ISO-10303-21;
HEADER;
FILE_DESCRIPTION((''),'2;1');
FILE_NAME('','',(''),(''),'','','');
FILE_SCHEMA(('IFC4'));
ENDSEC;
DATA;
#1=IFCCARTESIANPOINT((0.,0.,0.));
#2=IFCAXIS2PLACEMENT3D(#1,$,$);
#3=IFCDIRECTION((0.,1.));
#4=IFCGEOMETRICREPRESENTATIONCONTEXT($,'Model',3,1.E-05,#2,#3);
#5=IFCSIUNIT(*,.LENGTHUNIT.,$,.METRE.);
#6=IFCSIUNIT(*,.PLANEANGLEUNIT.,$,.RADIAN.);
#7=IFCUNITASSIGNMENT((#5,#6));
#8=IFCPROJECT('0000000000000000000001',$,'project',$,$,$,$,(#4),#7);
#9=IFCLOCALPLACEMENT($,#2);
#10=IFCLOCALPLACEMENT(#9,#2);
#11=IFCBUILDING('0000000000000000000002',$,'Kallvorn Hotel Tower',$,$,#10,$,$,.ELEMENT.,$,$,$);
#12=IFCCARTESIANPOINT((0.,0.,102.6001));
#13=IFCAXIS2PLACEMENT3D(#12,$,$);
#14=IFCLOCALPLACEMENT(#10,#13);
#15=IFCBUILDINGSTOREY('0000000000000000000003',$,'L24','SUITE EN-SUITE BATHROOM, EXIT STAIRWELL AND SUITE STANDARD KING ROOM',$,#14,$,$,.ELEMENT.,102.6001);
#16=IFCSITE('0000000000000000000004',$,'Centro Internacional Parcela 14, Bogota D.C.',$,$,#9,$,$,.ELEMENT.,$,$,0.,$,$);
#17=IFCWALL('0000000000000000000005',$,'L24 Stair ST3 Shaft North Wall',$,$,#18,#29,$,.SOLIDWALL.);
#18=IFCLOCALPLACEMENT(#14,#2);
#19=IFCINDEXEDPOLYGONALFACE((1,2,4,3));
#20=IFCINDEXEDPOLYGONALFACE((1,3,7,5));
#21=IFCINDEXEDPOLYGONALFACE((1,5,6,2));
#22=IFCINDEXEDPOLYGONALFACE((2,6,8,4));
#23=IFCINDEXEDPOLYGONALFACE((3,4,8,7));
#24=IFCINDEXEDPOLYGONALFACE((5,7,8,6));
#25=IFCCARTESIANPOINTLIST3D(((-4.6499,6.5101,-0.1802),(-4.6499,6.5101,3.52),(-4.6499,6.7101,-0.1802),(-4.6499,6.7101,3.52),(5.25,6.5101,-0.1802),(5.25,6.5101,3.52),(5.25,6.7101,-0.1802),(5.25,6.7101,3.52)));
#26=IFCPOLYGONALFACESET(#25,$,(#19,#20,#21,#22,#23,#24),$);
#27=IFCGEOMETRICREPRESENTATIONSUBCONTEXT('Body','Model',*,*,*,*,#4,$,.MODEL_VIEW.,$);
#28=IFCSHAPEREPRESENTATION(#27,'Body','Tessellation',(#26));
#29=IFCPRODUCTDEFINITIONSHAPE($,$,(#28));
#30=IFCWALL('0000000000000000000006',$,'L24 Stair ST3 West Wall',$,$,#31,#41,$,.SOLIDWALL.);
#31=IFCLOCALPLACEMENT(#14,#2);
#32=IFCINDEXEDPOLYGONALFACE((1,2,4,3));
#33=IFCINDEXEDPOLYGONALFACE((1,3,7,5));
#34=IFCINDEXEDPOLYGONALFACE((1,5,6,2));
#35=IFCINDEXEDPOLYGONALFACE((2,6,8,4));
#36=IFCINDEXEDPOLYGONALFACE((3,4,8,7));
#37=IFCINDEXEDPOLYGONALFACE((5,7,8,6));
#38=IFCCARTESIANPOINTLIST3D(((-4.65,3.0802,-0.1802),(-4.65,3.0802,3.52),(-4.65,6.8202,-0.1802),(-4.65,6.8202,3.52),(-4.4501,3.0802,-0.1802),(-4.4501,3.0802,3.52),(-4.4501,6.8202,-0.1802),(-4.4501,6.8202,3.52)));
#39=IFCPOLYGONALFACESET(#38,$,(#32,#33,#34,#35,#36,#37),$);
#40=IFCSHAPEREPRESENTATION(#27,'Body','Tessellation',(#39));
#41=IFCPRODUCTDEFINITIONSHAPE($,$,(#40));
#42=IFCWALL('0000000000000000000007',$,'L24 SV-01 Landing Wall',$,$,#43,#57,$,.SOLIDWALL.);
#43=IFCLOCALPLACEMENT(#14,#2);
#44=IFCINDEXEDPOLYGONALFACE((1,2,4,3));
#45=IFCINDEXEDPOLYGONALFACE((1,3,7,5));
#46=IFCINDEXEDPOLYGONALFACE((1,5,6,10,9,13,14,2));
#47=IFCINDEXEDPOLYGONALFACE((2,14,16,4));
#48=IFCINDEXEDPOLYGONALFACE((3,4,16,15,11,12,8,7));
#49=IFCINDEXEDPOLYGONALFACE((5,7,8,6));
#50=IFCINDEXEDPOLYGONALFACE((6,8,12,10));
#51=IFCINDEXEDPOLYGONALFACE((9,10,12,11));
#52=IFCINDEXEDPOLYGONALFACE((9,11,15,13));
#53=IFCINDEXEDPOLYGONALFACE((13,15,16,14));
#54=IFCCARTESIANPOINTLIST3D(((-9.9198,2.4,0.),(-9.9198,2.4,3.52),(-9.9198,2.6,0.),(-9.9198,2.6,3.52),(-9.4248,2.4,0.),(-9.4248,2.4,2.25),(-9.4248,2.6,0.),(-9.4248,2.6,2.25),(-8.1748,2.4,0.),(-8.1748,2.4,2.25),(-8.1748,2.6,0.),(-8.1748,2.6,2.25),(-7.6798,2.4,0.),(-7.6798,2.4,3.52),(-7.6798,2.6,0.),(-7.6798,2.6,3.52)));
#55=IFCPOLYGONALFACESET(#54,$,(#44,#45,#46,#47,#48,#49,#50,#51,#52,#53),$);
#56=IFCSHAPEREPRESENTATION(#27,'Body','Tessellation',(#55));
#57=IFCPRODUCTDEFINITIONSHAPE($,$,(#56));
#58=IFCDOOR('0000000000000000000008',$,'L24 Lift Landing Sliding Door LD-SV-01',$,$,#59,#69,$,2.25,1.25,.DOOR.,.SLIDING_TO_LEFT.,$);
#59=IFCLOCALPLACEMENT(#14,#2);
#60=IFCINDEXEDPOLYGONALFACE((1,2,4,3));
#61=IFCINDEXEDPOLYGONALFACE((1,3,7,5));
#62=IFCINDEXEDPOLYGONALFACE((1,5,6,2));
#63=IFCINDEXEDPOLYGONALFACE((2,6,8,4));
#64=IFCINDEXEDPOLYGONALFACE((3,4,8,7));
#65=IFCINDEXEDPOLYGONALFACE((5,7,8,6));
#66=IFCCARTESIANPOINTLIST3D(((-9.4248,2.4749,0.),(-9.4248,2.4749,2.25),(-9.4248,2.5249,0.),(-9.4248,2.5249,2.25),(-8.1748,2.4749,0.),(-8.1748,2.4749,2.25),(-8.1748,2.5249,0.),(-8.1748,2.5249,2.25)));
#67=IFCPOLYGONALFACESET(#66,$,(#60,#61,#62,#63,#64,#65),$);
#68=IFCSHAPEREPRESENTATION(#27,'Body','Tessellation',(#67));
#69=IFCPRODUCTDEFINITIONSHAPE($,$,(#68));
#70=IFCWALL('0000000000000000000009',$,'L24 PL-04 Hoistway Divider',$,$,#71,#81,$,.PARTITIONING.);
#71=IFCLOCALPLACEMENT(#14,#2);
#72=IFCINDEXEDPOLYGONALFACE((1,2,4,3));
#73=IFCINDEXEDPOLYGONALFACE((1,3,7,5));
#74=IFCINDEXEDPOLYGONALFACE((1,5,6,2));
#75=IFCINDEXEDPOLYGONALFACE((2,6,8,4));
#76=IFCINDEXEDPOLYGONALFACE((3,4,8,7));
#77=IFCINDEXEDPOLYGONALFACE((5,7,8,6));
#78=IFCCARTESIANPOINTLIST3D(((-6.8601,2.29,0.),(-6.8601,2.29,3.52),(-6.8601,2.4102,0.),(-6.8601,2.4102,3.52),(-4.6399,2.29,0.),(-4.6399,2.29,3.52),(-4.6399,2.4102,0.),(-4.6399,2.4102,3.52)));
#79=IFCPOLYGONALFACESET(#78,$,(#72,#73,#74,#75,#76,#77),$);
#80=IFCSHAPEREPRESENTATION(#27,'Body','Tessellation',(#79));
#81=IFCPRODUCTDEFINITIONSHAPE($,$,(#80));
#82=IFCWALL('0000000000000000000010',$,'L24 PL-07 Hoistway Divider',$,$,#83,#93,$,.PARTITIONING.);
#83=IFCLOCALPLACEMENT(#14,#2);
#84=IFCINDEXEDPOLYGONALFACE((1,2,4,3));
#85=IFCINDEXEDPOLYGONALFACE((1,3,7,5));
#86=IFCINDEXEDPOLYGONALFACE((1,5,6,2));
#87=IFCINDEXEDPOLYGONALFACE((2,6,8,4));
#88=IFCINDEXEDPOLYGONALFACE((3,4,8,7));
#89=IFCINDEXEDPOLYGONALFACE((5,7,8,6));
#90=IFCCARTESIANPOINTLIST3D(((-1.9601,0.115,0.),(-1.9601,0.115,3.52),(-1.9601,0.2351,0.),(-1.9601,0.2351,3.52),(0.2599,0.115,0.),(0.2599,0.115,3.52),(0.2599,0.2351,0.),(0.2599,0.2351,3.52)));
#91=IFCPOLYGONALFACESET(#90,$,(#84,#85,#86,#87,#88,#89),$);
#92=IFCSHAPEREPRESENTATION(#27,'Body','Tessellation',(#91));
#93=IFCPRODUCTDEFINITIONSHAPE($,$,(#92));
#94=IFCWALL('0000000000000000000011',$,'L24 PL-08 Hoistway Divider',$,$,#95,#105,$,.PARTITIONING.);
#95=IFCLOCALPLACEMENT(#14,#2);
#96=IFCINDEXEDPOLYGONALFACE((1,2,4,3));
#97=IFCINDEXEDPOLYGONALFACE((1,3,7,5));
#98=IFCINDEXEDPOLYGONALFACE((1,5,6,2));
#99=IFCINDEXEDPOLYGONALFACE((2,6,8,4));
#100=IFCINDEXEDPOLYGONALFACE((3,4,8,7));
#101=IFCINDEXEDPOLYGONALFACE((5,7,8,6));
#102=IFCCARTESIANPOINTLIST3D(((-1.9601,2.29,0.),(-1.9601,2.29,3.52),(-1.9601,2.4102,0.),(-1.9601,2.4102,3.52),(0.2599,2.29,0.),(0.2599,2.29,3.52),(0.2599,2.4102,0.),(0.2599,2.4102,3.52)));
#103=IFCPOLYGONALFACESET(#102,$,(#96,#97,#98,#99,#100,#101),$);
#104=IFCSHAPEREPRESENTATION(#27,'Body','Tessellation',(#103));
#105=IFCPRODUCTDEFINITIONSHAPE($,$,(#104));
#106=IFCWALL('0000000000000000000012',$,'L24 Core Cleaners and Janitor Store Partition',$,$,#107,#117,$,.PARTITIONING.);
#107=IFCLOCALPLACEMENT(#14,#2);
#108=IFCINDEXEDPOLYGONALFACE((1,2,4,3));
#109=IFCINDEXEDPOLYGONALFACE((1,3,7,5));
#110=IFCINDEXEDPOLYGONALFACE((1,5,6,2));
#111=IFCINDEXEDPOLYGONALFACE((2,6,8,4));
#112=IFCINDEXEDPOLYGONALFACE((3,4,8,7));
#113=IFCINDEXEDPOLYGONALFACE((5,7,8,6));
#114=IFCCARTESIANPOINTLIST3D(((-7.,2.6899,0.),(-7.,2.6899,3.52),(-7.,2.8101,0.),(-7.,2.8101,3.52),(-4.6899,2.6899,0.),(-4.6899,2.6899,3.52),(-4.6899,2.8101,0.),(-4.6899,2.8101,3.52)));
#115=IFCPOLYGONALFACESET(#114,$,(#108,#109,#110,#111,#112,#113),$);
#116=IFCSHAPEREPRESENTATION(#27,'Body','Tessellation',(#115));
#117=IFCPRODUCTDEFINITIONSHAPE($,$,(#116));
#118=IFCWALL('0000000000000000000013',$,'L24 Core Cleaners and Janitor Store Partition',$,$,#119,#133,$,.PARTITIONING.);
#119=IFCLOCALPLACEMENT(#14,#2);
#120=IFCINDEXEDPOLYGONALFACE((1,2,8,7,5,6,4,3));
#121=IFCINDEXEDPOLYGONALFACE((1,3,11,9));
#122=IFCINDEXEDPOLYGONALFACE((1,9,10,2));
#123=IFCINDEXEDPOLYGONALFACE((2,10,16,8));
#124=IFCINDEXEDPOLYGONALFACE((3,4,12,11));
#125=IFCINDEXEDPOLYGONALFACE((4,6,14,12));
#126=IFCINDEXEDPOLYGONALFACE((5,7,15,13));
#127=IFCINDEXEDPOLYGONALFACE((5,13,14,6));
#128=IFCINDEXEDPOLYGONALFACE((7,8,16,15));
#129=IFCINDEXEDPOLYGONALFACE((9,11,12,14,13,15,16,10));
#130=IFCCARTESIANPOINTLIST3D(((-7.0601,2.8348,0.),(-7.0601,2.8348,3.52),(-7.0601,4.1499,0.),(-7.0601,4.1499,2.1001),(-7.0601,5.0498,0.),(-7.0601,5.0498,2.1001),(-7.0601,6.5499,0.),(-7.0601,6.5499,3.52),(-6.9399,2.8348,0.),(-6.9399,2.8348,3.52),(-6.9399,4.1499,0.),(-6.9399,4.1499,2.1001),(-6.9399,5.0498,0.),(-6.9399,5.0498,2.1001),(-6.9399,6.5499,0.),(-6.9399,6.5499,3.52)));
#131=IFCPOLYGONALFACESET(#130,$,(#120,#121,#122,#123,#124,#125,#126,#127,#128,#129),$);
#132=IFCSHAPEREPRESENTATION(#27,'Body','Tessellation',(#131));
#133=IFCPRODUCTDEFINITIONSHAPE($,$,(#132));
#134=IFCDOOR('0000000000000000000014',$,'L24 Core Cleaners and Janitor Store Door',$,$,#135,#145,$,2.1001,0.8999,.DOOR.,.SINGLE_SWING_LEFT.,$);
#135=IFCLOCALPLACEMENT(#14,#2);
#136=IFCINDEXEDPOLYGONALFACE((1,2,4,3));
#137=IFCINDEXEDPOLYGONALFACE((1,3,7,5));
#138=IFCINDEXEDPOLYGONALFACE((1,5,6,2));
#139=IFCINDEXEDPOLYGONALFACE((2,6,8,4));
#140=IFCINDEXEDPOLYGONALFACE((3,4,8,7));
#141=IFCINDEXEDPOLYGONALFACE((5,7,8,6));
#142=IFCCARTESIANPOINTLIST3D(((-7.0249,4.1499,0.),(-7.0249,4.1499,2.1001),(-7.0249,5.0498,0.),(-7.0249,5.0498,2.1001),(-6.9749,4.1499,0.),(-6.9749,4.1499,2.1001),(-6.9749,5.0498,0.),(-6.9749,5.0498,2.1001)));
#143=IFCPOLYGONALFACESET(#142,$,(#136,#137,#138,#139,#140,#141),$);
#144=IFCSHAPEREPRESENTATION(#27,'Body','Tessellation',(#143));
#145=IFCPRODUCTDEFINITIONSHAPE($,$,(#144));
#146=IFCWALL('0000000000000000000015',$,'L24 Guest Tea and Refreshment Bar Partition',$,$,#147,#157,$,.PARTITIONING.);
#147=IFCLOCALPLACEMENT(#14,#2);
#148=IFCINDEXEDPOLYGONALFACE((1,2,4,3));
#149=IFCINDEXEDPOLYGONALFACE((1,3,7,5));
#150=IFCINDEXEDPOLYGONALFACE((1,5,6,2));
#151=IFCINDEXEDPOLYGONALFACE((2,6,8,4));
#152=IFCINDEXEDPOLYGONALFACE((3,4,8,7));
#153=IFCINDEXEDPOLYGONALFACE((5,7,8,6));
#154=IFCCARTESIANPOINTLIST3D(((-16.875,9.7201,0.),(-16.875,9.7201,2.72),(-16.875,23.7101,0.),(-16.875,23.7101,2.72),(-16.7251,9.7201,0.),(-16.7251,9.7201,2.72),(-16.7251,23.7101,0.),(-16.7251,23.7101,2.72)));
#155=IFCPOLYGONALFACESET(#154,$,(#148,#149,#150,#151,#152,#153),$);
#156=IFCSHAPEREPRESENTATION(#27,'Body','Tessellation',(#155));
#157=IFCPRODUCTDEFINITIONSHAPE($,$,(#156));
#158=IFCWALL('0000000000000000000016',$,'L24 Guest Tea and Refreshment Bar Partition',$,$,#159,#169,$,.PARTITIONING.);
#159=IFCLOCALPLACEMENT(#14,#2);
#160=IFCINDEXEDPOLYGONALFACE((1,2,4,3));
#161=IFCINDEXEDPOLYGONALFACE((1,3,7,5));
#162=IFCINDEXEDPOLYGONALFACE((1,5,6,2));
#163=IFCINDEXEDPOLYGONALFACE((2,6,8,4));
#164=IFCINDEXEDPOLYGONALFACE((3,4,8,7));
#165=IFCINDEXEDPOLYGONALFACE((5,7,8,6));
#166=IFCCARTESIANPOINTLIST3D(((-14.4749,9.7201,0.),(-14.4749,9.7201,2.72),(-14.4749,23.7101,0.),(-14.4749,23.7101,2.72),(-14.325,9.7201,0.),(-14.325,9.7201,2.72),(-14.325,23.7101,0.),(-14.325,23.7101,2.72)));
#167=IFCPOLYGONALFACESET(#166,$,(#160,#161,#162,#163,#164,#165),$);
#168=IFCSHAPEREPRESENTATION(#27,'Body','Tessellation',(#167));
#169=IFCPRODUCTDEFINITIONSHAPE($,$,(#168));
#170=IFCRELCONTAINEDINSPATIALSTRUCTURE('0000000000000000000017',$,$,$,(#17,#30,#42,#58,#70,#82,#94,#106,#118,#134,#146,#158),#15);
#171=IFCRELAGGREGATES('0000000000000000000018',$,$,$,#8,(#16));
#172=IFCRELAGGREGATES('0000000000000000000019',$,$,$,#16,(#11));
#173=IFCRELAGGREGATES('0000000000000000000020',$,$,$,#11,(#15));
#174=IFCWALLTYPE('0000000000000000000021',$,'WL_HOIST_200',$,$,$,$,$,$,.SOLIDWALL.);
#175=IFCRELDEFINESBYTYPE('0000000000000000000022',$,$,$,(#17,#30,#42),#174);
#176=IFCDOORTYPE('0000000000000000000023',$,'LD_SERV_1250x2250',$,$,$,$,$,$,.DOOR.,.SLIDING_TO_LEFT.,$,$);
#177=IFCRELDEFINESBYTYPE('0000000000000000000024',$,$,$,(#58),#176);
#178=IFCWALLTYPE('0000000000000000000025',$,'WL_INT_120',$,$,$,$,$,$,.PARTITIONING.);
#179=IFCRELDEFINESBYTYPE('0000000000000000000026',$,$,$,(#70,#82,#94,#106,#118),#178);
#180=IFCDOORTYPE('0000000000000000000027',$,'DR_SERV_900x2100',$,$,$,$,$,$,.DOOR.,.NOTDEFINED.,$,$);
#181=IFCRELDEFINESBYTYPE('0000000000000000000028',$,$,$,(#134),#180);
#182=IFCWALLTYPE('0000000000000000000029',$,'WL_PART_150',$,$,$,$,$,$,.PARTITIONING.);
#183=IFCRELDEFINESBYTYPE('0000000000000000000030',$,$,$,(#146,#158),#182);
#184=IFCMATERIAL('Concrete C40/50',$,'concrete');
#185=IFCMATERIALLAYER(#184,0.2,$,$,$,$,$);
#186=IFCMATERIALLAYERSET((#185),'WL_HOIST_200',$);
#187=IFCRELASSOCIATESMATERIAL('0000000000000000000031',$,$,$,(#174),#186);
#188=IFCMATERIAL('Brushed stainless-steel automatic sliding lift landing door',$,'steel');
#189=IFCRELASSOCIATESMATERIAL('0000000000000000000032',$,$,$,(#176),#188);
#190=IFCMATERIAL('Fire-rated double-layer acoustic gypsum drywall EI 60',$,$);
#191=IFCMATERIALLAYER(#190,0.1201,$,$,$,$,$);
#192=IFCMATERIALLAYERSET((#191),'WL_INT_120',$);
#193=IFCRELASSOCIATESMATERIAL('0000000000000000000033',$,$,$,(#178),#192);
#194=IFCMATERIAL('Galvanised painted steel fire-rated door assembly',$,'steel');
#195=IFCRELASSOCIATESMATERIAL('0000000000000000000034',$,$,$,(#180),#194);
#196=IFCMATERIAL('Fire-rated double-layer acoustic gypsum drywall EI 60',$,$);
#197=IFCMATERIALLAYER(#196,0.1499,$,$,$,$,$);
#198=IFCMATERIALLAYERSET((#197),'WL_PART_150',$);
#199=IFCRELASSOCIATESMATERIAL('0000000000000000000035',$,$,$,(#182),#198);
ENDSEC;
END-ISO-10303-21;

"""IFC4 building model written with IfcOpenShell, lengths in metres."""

from ifc_helpers import new_model, si_unit, direction, frame, frame_2d, origin, place, context, subcontext, project, spatial, rectangle, extrude, material, layer, layer_set, type_object, element, fill, save


model = new_model("IFC4")

# Units and contexts
model_context = context("Model", 3, precision=1e-05, world=origin(), true_north=direction((0.0, 1.0)))
body_context = subcontext(model_context, "Body", "Model", "MODEL_VIEW")
ifc_project = project(units=[si_unit("LENGTHUNIT", "METRE"), si_unit("PLANEANGLEUNIT", "RADIAN")], contexts=[model_context])

# Site, building, storey
site_placement = place(None, origin())
site = spatial("IfcSite", under=ifc_project, at=site_placement, Name="Centro Internacional Parcela 14, Bogota D.C.", CompositionType="ELEMENT", RefElevation=0.0)
building_placement = place(site_placement, origin())
building = spatial("IfcBuilding", under=site, at=building_placement, Name="Kallvorn Hotel Tower", CompositionType="ELEMENT")
storey_placement = place(building_placement, frame((0.0, 0.0, 102.6001)))
storey = spatial("IfcBuildingStorey", under=building, at=storey_placement, Name="L24", Description="SUITE EN-SUITE BATHROOM, EXIT STAIRWELL AND SUITE STANDARD KING ROOM", CompositionType="ELEMENT", Elevation=102.6001)

# Walls
ifc_material_1 = material(Name="Concrete C40/50", Category="concrete")
ifc_layer_1 = layer(ifc_material_1, 0.2)
ifc_layer_set_1 = layer_set([ifc_layer_1], Name="WL_HOIST_200")
wall_type_1 = type_object("IfcWallType", Name="WL_HOIST_200", PredefinedType="SOLIDWALL", material=ifc_layer_set_1)
wall_1_placement = place(storey_placement, frame((-4.6499, 6.6101, -0.1802), z_axis=(0.0, 0.0, 1.0), x_axis=(1.0, 0.0, 0.0)))
element("IfcWall", 1, at=wall_1_placement, inside=storey, type_object=wall_type_1, Name="L24 Stair ST3 Shaft North Wall", PredefinedType="SOLIDWALL", context=body_context, shape_type="SweptSolid", body=[
    extrude(rectangle(XDim=9.8999, YDim=0.2, at=frame_2d((4.95, 0.0))), origin(), (0.0, 0.0, 1.0), 3.7002),
])
wall_2_placement = place(storey_placement, frame((-4.55, 3.0801, -0.1802), z_axis=(0.0, 0.0, 1.0), x_axis=(0.0, 1.0, 0.0)))
element("IfcWall", 2, at=wall_2_placement, inside=storey, type_object=wall_type_1, Name="L24 Stair ST3 West Wall", PredefinedType="SOLIDWALL", context=body_context, shape_type="SweptSolid", body=[
    extrude(rectangle(XDim=3.74, YDim=0.2, at=frame_2d((1.8701, 0.0))), origin(), (0.0, 0.0, 1.0), 3.7002),
])

# Wall, opening, door
wall_3_placement = place(storey_placement, frame((-9.9199, 2.5, 0.0), z_axis=(0.0, 0.0, 1.0), x_axis=(1.0, 0.0, 0.0)))
wall_3 = element("IfcWall", 3, at=wall_3_placement, inside=storey, type_object=wall_type_1, Name="L24 SV-01 Landing Wall", PredefinedType="SOLIDWALL", context=body_context, shape_type="SweptSolid", body=[
    extrude(rectangle(XDim=2.24, YDim=0.2, at=frame_2d((1.1201, 0.0))), origin(), (0.0, 0.0, 1.0), 3.52),
])
opening_1_placement = place(wall_3_placement, frame((0.4951, 0.0, 0.0)))
opening_1 = element("IfcOpeningElement", 4, at=opening_1_placement, cuts=wall_3, PredefinedType="OPENING", context=body_context, shape_type="SweptSolid", body=[
    extrude(rectangle(XDim=1.25, YDim=2.25, at=frame_2d((0.625, 1.125))), frame((0.0, 0.115, 0.0), z_axis=(0.0, -1.0, 0.0), x_axis=(1.0, 0.0, 0.0)), (0.0, 0.0, 1.0), 0.23),
])
ifc_material_2 = material(Name="Brushed stainless-steel automatic sliding lift landing door", Category="steel")
door_type_1 = type_object("IfcDoorType", Name="LD_SERV_1250x2250", OperationType="SLIDING_TO_LEFT", PredefinedType="DOOR", material=ifc_material_2)
door_1_placement = place(opening_1_placement, origin())
door_1 = element("IfcDoor", 5, at=door_1_placement, inside=storey, type_object=door_type_1, Name="L24 Lift Landing Sliding Door LD-SV-01", OperationType="SLIDING_TO_LEFT", OverallHeight=2.25, OverallWidth=1.25, PredefinedType="DOOR", context=body_context, shape_type="SweptSolid", body=[
    extrude(rectangle(XDim=1.25, YDim=2.25, at=frame_2d((0.625, 1.125))), frame((0.0, 0.0249, 0.0), z_axis=(0.0, -1.0, 0.0), x_axis=(1.0, 0.0, 0.0)), (0.0, 0.0, 1.0), 0.05),
])
fill(opening_1, door_1)

# Walls
ifc_material_3 = material(Name="Fire-rated double-layer acoustic gypsum drywall EI 60")
ifc_layer_2 = layer(ifc_material_3, 0.1201)
ifc_layer_set_2 = layer_set([ifc_layer_2], Name="WL_INT_120")
wall_type_2 = type_object("IfcWallType", Name="WL_INT_120", PredefinedType="PARTITIONING", material=ifc_layer_set_2)
wall_4_placement = place(storey_placement, frame((-6.8601, 2.3501, 0.0), z_axis=(0.0, 0.0, 1.0), x_axis=(1.0, 0.0, 0.0)))
element("IfcWall", 6, at=wall_4_placement, inside=storey, type_object=wall_type_2, Name="L24 PL-04 Hoistway Divider", PredefinedType="PARTITIONING", context=body_context, shape_type="SweptSolid", body=[
    extrude(rectangle(XDim=2.2202, YDim=0.1201, at=frame_2d((1.1101, 0.0))), origin(), (0.0, 0.0, 1.0), 3.52),
])
for number, where, z_axis, x_axis, name in (
    (7, (-1.96, 0.175, 0.0), (0.0, 0.0, 1.0), (1.0, 0.0, 0.0), "L24 PL-07 Hoistway Divider"),
    (8, (-1.96, 2.3501, 0.0), (0.0, 0.0, 1.0), (1.0, 0.0, 0.0), "L24 PL-08 Hoistway Divider"),
):
    element("IfcWall", number, at=place(storey_placement, frame(where, z_axis=z_axis, x_axis=x_axis)), inside=storey, type_object=wall_type_2, Name=name, PredefinedType="PARTITIONING", context=body_context, shape_type="SweptSolid", body=[
        extrude(rectangle(XDim=2.22, YDim=0.1201, at=frame_2d((1.1099, 0.0))), origin(), (0.0, 0.0, 1.0), 3.52),
    ])
wall_5_placement = place(storey_placement, frame((-7.0, 2.75, 0.0), z_axis=(0.0, 0.0, 1.0), x_axis=(1.0, 0.0, 0.0)))
element("IfcWall", 9, at=wall_5_placement, inside=storey, type_object=wall_type_2, Name="L24 Core Cleaners and Janitor Store Partition", PredefinedType="PARTITIONING", context=body_context, shape_type="SweptSolid", body=[
    extrude(rectangle(XDim=2.3101, YDim=0.1201, at=frame_2d((1.155, 0.0))), origin(), (0.0, 0.0, 1.0), 3.52),
])

# Wall, opening, door
wall_6_placement = place(storey_placement, frame((-7.0, 2.835, 0.0), z_axis=(0.0, 0.0, 1.0), x_axis=(0.0, 1.0, 0.0)))
wall_6 = element("IfcWall", 10, at=wall_6_placement, inside=storey, type_object=wall_type_2, Name="L24 Core Cleaners and Janitor Store Partition", PredefinedType="PARTITIONING", context=body_context, shape_type="SweptSolid", body=[
    extrude(rectangle(XDim=3.7151, YDim=0.1201, at=frame_2d((1.8574, 0.0))), origin(), (0.0, 0.0, 1.0), 3.52),
])
opening_2_placement = place(wall_6_placement, frame((1.3149, 0.0, 0.0)))
opening_2 = element("IfcOpeningElement", 11, at=opening_2_placement, cuts=wall_6, PredefinedType="OPENING", context=body_context, shape_type="SweptSolid", body=[
    extrude(rectangle(XDim=0.8999, YDim=2.1001, at=frame_2d((0.45, 1.05))), frame((0.0, 0.075, 0.0), z_axis=(0.0, -1.0, 0.0), x_axis=(1.0, 0.0, 0.0)), (0.0, 0.0, 1.0), 0.1501),
])
ifc_material_4 = material(Name="Galvanised painted steel fire-rated door assembly", Category="steel")
door_type_2 = type_object("IfcDoorType", Name="DR_SERV_900x2100", OperationType="NOTDEFINED", PredefinedType="DOOR", material=ifc_material_4)
door_2_placement = place(opening_2_placement, origin())
door_2 = element("IfcDoor", 12, at=door_2_placement, inside=storey, type_object=door_type_2, Name="L24 Core Cleaners and Janitor Store Door", OperationType="SINGLE_SWING_LEFT", OverallHeight=2.1001, OverallWidth=0.8999, PredefinedType="DOOR", context=body_context, shape_type="SweptSolid", body=[
    extrude(rectangle(XDim=0.8999, YDim=2.1001, at=frame_2d((0.45, 1.05))), frame((0.0, 0.0249, 0.0), z_axis=(0.0, -1.0, 0.0), x_axis=(1.0, 0.0, 0.0)), (0.0, 0.0, 1.0), 0.05),
])
fill(opening_2, door_2)

# Walls
ifc_material_5 = material(Name="Fire-rated double-layer acoustic gypsum drywall EI 60")
ifc_layer_3 = layer(ifc_material_5, 0.1499)
ifc_layer_set_3 = layer_set([ifc_layer_3], Name="WL_PART_150")
wall_type_3 = type_object("IfcWallType", Name="WL_PART_150", PredefinedType="PARTITIONING", material=ifc_layer_set_3)
for number, where, z_axis, x_axis, name in (
    (13, (-16.8, 9.72, 0.0), (0.0, 0.0, 1.0), (0.0, 1.0, 0.0), "L24 Guest Tea and Refreshment Bar Partition"),
    (14, (-14.3999, 9.72, 0.0), (0.0, 0.0, 1.0), (0.0, 1.0, 0.0), "L24 Guest Tea and Refreshment Bar Partition"),
):
    element("IfcWall", number, at=place(storey_placement, frame(where, z_axis=z_axis, x_axis=x_axis)), inside=storey, type_object=wall_type_3, Name=name, PredefinedType="PARTITIONING", context=body_context, shape_type="SweptSolid", body=[
        extrude(rectangle(XDim=13.99, YDim=0.1499, at=frame_2d((6.9951, 0.0))), origin(), (0.0, 0.0, 1.0), 2.72),
    ])

save(model, "model.ifc")
